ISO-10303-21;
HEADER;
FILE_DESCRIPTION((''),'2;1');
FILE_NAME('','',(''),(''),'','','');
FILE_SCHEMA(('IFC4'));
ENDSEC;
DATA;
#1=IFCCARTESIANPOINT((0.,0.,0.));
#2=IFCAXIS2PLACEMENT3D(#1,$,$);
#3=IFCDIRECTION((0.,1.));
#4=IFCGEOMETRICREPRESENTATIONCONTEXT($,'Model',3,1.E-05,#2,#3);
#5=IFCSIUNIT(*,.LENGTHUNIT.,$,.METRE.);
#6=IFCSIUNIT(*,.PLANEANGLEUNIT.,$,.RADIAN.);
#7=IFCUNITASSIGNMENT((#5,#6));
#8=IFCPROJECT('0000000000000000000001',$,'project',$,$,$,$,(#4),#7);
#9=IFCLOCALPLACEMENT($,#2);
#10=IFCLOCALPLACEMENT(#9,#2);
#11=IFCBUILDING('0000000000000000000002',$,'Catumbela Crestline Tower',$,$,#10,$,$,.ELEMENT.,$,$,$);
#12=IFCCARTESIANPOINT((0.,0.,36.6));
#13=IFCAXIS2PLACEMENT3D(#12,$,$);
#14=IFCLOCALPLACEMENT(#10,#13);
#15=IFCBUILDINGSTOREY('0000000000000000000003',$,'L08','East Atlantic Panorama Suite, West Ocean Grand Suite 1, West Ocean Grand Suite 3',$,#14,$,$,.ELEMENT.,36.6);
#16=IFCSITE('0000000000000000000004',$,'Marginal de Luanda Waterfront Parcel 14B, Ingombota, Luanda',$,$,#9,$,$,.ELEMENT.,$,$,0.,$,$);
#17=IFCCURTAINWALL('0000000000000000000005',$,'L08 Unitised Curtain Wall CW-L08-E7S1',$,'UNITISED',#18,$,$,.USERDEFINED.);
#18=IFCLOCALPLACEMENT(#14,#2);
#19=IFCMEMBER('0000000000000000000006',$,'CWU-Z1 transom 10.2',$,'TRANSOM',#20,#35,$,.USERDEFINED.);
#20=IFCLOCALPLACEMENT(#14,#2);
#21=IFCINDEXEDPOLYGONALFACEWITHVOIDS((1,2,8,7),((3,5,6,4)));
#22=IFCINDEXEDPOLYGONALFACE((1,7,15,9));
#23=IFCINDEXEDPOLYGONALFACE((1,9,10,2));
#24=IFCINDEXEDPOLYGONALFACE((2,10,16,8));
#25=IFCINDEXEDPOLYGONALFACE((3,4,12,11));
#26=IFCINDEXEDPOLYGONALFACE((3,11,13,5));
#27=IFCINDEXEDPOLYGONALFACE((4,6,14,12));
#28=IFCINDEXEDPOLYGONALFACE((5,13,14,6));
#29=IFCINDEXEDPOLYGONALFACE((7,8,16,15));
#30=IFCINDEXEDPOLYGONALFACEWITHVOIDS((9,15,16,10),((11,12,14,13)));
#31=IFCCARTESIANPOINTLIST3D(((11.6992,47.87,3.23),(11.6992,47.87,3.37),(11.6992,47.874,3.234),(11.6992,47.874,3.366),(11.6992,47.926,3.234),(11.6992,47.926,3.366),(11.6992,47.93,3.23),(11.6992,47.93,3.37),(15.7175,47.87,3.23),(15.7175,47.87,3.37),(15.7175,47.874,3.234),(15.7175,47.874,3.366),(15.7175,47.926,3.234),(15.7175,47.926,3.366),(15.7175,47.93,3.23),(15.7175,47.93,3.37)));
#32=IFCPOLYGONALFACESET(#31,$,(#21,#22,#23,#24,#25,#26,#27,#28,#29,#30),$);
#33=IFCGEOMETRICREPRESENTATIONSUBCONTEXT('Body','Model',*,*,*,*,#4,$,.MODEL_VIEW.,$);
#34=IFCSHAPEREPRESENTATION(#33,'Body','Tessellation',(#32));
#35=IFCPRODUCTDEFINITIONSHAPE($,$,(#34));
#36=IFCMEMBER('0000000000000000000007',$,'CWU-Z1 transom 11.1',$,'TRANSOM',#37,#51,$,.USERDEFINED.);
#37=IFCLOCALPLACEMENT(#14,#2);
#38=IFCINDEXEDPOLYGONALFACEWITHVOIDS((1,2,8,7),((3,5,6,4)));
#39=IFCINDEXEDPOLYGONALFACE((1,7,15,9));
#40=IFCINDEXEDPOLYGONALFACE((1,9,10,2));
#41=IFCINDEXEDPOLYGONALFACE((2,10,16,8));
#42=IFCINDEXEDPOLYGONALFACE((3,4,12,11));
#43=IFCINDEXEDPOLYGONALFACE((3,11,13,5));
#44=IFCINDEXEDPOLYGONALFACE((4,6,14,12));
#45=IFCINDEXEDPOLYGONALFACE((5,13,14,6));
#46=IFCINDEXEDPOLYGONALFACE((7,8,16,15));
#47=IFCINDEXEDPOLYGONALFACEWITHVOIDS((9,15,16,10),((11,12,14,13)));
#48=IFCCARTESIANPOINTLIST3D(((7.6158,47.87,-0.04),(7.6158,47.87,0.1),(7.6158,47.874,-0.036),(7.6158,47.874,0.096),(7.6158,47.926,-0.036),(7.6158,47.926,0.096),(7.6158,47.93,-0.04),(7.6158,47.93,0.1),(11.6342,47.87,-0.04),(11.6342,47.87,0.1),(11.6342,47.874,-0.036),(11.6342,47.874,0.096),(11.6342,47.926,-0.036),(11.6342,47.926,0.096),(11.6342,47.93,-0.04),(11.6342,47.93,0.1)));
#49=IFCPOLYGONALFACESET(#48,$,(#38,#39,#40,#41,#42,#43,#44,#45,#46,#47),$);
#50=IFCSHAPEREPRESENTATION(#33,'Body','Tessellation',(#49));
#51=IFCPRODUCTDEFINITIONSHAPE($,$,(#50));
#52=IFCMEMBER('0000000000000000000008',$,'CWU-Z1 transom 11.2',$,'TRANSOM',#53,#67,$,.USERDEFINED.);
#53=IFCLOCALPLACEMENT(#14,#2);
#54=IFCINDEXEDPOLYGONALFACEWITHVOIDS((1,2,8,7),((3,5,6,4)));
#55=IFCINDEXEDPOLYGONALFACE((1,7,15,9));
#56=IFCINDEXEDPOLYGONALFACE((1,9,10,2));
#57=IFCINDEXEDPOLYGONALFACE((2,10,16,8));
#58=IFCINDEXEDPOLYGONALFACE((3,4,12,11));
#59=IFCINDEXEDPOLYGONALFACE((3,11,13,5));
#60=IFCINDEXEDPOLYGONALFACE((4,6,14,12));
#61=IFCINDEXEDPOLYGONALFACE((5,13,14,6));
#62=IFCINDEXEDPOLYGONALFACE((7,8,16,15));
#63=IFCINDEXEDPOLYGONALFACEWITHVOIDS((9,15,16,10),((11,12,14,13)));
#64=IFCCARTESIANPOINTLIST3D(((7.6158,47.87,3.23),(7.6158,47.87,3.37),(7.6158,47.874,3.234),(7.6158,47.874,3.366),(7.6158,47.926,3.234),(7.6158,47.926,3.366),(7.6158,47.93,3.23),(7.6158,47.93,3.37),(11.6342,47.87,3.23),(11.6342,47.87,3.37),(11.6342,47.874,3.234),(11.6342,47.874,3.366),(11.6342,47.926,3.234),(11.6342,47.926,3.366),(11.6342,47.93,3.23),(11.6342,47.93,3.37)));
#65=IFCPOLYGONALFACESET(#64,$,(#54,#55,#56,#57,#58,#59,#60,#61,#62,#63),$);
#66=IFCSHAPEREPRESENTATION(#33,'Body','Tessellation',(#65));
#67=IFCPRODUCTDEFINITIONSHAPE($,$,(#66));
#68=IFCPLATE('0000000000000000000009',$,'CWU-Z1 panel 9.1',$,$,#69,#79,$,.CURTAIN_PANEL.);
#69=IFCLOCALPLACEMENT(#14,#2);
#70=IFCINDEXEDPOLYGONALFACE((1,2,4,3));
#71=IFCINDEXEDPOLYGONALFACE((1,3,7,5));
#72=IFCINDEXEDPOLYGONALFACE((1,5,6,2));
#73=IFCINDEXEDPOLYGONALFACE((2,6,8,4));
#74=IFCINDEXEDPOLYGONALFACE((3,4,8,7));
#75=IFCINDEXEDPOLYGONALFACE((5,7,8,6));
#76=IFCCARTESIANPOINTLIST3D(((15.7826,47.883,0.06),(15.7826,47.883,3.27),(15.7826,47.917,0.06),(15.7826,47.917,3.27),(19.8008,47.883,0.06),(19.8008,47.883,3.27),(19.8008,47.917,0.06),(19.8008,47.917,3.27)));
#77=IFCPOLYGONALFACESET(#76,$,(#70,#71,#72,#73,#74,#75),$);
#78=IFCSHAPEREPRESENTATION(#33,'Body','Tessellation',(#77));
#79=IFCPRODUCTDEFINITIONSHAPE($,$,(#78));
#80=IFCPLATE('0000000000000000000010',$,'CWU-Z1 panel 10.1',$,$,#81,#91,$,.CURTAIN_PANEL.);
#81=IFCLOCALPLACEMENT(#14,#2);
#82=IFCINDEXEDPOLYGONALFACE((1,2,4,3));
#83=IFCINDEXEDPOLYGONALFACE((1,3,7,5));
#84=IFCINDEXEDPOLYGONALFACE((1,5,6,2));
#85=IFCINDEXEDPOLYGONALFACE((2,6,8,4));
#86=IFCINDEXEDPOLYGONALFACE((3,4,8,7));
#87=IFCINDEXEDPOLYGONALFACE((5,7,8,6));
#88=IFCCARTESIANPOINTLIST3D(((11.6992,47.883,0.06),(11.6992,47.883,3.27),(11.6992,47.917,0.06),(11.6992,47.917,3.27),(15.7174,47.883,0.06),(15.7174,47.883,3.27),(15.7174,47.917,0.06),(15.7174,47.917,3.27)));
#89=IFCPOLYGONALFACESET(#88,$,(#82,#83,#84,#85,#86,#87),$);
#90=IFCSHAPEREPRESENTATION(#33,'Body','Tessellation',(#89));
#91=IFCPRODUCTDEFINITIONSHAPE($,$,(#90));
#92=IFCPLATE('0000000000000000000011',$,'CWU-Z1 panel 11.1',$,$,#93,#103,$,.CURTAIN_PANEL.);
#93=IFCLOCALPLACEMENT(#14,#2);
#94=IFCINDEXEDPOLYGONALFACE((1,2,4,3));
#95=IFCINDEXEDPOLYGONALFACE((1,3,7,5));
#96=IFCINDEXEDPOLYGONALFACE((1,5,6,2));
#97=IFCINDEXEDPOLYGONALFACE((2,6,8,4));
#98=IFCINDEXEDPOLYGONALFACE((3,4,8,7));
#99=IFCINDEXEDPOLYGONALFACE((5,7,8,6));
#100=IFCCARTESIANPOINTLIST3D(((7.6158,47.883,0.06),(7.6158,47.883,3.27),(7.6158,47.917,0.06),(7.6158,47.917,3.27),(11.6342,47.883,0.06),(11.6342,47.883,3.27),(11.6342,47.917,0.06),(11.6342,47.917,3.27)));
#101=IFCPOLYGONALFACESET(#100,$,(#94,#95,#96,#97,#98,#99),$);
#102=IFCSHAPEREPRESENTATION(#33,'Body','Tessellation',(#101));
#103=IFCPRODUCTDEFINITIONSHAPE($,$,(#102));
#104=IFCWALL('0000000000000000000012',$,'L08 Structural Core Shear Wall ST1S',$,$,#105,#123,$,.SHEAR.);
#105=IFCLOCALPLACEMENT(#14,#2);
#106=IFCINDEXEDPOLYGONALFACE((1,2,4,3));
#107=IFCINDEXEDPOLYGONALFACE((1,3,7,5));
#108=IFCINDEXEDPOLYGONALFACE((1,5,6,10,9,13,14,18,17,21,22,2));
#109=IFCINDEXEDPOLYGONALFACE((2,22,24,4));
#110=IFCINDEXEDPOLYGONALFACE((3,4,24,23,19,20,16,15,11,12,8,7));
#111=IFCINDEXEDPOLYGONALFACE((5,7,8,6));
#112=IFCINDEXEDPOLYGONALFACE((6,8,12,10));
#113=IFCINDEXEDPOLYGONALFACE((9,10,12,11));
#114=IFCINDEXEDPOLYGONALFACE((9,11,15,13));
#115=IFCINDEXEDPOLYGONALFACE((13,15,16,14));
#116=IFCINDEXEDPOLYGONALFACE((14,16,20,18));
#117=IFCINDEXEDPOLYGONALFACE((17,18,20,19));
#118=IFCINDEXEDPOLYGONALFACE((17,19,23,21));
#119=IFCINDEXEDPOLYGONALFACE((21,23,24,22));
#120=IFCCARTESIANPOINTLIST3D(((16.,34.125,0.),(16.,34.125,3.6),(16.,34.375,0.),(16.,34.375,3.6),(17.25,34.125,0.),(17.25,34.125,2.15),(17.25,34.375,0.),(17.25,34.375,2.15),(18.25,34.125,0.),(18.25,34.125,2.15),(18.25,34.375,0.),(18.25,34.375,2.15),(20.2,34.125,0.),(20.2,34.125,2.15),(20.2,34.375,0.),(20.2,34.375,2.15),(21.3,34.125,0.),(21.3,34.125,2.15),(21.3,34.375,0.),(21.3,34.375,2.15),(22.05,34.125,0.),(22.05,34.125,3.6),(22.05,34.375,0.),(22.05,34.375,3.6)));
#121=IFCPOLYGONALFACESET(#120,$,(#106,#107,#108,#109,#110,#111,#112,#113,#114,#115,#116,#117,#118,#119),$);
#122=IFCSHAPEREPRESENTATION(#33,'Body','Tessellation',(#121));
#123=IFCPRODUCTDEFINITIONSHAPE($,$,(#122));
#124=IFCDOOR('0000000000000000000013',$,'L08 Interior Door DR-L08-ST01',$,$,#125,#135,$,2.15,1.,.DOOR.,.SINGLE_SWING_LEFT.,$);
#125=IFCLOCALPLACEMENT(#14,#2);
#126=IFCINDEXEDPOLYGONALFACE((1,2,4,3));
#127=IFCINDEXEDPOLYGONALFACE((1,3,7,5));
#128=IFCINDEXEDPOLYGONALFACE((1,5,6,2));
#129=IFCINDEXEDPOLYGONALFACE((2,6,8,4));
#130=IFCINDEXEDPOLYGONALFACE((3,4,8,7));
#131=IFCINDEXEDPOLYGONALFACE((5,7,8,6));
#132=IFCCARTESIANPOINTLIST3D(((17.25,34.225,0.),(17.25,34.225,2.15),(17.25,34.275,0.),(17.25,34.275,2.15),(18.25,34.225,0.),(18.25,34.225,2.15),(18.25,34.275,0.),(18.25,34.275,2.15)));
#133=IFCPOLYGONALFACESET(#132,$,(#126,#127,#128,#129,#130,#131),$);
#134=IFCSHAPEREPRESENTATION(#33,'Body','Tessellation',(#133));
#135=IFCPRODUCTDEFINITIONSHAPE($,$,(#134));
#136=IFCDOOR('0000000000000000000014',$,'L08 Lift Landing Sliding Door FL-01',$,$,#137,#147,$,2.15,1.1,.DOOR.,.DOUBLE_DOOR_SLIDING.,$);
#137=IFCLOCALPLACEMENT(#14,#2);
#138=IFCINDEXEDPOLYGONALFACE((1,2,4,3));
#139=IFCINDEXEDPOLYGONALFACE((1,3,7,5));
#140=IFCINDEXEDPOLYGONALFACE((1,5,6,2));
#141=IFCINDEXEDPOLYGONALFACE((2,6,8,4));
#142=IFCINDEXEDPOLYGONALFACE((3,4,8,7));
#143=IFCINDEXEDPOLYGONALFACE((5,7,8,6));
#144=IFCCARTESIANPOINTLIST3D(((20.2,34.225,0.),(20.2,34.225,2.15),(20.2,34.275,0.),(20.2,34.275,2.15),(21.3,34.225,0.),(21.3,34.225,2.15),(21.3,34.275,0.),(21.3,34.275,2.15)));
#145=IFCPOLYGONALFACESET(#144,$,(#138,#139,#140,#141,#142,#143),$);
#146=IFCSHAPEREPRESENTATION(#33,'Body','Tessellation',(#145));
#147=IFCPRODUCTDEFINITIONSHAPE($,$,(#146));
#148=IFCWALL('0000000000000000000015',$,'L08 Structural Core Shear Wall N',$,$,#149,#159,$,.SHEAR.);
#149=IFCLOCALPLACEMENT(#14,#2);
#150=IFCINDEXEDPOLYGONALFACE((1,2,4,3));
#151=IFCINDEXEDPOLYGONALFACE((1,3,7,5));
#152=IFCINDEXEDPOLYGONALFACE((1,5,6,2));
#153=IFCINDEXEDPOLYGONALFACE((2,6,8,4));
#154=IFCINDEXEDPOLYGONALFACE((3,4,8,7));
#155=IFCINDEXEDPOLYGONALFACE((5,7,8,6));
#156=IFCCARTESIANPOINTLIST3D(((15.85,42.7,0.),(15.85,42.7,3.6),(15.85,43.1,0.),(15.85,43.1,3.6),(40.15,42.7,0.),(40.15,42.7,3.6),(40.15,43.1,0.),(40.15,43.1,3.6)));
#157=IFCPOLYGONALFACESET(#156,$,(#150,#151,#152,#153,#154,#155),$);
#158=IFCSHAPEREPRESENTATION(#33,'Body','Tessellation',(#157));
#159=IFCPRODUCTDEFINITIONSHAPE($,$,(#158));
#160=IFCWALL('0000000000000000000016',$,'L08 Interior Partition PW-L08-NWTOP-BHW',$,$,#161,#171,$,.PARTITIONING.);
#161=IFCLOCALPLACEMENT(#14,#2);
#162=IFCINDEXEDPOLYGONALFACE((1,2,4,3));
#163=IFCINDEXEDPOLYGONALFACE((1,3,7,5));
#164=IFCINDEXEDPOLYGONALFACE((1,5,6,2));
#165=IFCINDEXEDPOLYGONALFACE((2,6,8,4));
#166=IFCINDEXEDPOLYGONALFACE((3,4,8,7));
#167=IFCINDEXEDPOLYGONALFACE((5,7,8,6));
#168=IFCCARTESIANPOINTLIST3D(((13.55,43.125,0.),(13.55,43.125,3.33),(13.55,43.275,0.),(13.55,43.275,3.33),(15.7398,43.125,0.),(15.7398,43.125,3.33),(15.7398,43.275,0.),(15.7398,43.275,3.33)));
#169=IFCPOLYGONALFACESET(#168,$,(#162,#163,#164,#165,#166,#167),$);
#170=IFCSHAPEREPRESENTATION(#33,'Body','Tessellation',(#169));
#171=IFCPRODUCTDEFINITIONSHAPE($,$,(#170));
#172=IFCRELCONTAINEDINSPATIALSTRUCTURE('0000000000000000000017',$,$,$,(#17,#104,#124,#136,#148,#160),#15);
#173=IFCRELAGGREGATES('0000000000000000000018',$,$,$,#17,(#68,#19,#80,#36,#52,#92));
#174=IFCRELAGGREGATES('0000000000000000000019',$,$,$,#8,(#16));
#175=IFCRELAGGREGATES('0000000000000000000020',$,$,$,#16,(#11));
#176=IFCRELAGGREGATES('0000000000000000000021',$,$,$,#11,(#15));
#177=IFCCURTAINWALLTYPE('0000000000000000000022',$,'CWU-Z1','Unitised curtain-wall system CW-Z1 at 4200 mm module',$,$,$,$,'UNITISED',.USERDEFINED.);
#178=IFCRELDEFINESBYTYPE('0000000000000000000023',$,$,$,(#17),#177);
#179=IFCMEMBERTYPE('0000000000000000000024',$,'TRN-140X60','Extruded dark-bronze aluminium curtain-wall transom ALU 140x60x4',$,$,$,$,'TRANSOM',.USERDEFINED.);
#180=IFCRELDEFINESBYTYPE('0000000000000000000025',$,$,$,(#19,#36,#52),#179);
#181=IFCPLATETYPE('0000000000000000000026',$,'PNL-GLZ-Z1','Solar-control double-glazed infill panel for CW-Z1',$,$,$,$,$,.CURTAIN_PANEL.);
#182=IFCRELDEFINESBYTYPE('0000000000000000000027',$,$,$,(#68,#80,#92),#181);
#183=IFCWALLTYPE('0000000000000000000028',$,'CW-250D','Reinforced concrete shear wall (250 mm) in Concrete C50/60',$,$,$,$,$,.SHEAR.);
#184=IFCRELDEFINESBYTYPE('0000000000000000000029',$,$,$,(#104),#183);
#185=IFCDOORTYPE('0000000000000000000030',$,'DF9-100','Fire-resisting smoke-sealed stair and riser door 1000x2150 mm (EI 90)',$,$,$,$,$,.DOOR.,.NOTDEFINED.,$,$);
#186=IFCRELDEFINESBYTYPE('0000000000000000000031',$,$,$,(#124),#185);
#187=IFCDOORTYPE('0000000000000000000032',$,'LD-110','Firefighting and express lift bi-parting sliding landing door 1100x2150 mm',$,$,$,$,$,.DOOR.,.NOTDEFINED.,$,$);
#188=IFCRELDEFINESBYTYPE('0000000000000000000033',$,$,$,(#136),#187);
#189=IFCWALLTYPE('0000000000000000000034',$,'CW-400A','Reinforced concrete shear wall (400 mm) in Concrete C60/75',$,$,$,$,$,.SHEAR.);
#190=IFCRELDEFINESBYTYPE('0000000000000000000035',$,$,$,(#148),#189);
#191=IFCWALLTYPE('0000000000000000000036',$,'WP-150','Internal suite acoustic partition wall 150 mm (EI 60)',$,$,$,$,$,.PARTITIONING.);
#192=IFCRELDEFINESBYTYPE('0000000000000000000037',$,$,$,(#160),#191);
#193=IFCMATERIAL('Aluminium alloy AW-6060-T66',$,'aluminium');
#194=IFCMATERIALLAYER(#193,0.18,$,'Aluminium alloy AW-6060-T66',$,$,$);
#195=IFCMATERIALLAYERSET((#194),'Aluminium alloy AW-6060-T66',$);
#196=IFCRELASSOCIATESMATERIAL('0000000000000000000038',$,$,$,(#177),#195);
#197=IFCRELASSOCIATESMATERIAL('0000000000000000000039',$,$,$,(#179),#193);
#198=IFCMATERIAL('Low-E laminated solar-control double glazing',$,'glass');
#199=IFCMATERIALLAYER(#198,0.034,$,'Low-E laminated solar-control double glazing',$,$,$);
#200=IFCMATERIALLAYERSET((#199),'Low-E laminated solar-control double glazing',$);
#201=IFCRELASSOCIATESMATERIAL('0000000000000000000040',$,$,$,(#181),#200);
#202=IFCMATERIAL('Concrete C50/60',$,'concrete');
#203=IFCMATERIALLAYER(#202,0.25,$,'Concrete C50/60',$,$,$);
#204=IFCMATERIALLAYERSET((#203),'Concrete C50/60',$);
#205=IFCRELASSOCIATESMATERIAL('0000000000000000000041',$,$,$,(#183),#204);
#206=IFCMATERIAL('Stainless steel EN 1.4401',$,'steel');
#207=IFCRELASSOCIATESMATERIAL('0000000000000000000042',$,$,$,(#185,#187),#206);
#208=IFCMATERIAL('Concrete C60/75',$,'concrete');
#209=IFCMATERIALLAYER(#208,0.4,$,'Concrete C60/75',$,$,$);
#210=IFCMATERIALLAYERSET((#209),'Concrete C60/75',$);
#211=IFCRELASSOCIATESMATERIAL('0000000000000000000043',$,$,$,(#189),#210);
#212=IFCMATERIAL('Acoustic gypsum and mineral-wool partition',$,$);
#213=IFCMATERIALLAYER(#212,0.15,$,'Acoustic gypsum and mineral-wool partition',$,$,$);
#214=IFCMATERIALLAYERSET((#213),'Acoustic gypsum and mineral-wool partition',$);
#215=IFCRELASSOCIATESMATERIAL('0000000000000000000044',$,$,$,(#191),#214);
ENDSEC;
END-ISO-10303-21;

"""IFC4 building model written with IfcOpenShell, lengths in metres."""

from ifc_helpers import new_model, si_unit, direction, frame, frame_2d, origin, origin_2d, place, context, subcontext, project, spatial, rectangle, hollow_rectangle, extrude, material, layer, layer_set, material_profile, profile_set, type_object, element, fill, aggregate, save


model = new_model("IFC4")

# Units and contexts
model_context = context("Model", 3, precision=1e-05, world=origin(), true_north=direction((0.0, 1.0)))
body_context = subcontext(model_context, "Body", "Model", "MODEL_VIEW")
ifc_project = project(units=[si_unit("LENGTHUNIT", "METRE"), si_unit("PLANEANGLEUNIT", "RADIAN")], contexts=[model_context])

# Site, building, storey
site_placement = place(None, origin())
site = spatial("IfcSite", under=ifc_project, at=site_placement, Name="Marginal de Luanda Waterfront Parcel 14B, Ingombota, Luanda", CompositionType="ELEMENT", RefElevation=0.0)
building_placement = place(site_placement, origin())
building = spatial("IfcBuilding", under=site, at=building_placement, Name="Catumbela Crestline Tower", CompositionType="ELEMENT")
storey_placement = place(building_placement, frame((0.0, 0.0, 36.6)))
storey = spatial("IfcBuildingStorey", under=building, at=storey_placement, Name="L08", Description="East Atlantic Panorama Suite, West Ocean Grand Suite 1, West Ocean Grand Suite 3", CompositionType="ELEMENT", Elevation=36.6)

# Shared definitions
ifc_material_1 = material(Name="Concrete C60/75", Category="concrete")

# Curtain wall
ifc_material_2 = material(Name="Aluminium alloy AW-6060-T66", Category="aluminium")
ifc_layer_1 = layer(ifc_material_2, 0.18, Name="Aluminium alloy AW-6060-T66")
ifc_layer_set_1 = layer_set([ifc_layer_1], Name="Aluminium alloy AW-6060-T66")
curtain_wall_type = type_object("IfcCurtainWallType", Name="CWU-Z1", Description="Unitised curtain-wall system CW-Z1 at 4200 mm module", ElementType="UNITISED", PredefinedType="USERDEFINED", material=ifc_layer_set_1)
curtain_wall_placement = place(storey_placement, origin())
curtain_wall = element("IfcCurtainWall", 1, at=curtain_wall_placement, inside=storey, type_object=curtain_wall_type, Name="L08 Unitised Curtain Wall CW-L08-E7S1", ObjectType="UNITISED", PredefinedType="USERDEFINED")

# Members
ifc_material_profile_1 = material_profile(ifc_material_2, hollow_rectangle(XDim=0.06, YDim=0.14, WallThickness=0.004, at=origin_2d()), Name="ALU 140x60x4")
ifc_profile_set_1 = profile_set([ifc_material_profile_1], Name="Aluminium alloy AW-6060-T66")
member_type_1 = type_object("IfcMemberType", Name="TRN-140X60", Description="Extruded dark-bronze aluminium curtain-wall transom ALU 140x60x4", ElementType="TRANSOM", PredefinedType="USERDEFINED", material=ifc_profile_set_1)
member_1_placement = place(storey_placement, frame((15.7175, 47.9, 3.3), z_axis=(-1.0, 0.0, 0.0), x_axis=(0.0, -1.0, 0.0)))
member_1 = element("IfcMember", 2, at=member_1_placement, type_object=member_type_1, Name="CWU-Z1 transom 10.2", ObjectType="TRANSOM", PredefinedType="USERDEFINED", context=body_context, shape_type="SweptSolid", body=[
    extrude(hollow_rectangle(XDim=0.06, YDim=0.14, WallThickness=0.004, at=origin_2d()), origin(), (0.0, 0.0, 1.0), 4.0183),
])
member_2_placement = place(storey_placement, frame((11.6342, 47.9, 0.03), z_axis=(-1.0, 0.0, 0.0), x_axis=(0.0, -1.0, 0.0)))
member_2 = element("IfcMember", 3, at=member_2_placement, type_object=member_type_1, Name="CWU-Z1 transom 11.1", ObjectType="TRANSOM", PredefinedType="USERDEFINED", context=body_context, shape_type="SweptSolid", body=[
    extrude(hollow_rectangle(XDim=0.06, YDim=0.14, WallThickness=0.004, at=origin_2d()), origin(), (0.0, 0.0, 1.0), 4.0184),
])
member_3_placement = place(storey_placement, frame((11.6342, 47.9, 3.3), z_axis=(-1.0, 0.0, 0.0), x_axis=(0.0, -1.0, 0.0)))
member_3 = element("IfcMember", 4, at=member_3_placement, type_object=member_type_1, Name="CWU-Z1 transom 11.2", ObjectType="TRANSOM", PredefinedType="USERDEFINED", context=body_context, shape_type="SweptSolid", body=[
    extrude(hollow_rectangle(XDim=0.06, YDim=0.14, WallThickness=0.004, at=origin_2d()), origin(), (0.0, 0.0, 1.0), 4.0184),
])

# Plates
ifc_material_3 = material(Name="Low-E laminated solar-control double glazing", Category="glass")
ifc_layer_2 = layer(ifc_material_3, 0.034, Name="Low-E laminated solar-control double glazing")
ifc_layer_set_2 = layer_set([ifc_layer_2], Name="Low-E laminated solar-control double glazing")
plate_type = type_object("IfcPlateType", Name="PNL-GLZ-Z1", Description="Solar-control double-glazed infill panel for CW-Z1", PredefinedType="CURTAIN_PANEL", material=ifc_layer_set_2)
plate_1_placement = place(storey_placement, frame((17.7917, 47.9, 0.06), z_axis=(0.0, 0.0, 1.0), x_axis=(-1.0, 0.0, 0.0)))
plate_1 = element("IfcPlate", 5, at=plate_1_placement, type_object=plate_type, Name="CWU-Z1 panel 9.1", PredefinedType="CURTAIN_PANEL", context=body_context, shape_type="SweptSolid", body=[
    extrude(rectangle(XDim=4.0183, YDim=0.034, at=origin_2d()), origin(), (0.0, 0.0, 1.0), 3.21),
])
plate_2_placement = place(storey_placement, frame((13.7083, 47.9, 0.06), z_axis=(0.0, 0.0, 1.0), x_axis=(-1.0, 0.0, 0.0)))
plate_2 = element("IfcPlate", 6, at=plate_2_placement, type_object=plate_type, Name="CWU-Z1 panel 10.1", PredefinedType="CURTAIN_PANEL", context=body_context, shape_type="SweptSolid", body=[
    extrude(rectangle(XDim=4.0183, YDim=0.034, at=origin_2d()), origin(), (0.0, 0.0, 1.0), 3.21),
])
plate_3_placement = place(storey_placement, frame((9.625, 47.9, 0.06), z_axis=(0.0, 0.0, 1.0), x_axis=(-1.0, 0.0, 0.0)))
plate_3 = element("IfcPlate", 7, at=plate_3_placement, type_object=plate_type, Name="CWU-Z1 panel 11.1", PredefinedType="CURTAIN_PANEL", context=body_context, shape_type="SweptSolid", body=[
    extrude(rectangle(XDim=4.0183, YDim=0.034, at=origin_2d()), origin(), (0.0, 0.0, 1.0), 3.21),
])
aggregate(curtain_wall, [plate_1, member_1, plate_2, member_2, member_3, plate_3])

# Wall, openings, doors
ifc_material_4 = material(Name="Concrete C50/60", Category="concrete")
ifc_layer_3 = layer(ifc_material_4, 0.25, Name="Concrete C50/60")
ifc_layer_set_3 = layer_set([ifc_layer_3], Name="Concrete C50/60")
wall_type_1 = type_object("IfcWallType", Name="CW-250D", Description="Reinforced concrete shear wall (250 mm) in Concrete C50/60", PredefinedType="SHEAR", material=ifc_layer_set_3)
wall_1_placement = place(storey_placement, frame((16.0, 34.25, 0.0), z_axis=(0.0, 0.0, 1.0), x_axis=(1.0, 0.0, 0.0)))
wall_1 = element("IfcWall", 8, at=wall_1_placement, inside=storey, type_object=wall_type_1, Name="L08 Structural Core Shear Wall ST1S", PredefinedType="SHEAR", context=body_context, shape_type="SweptSolid", body=[
    extrude(rectangle(XDim=6.05, YDim=0.25, at=frame_2d((3.025, 0.0))), origin(), (0.0, 0.0, 1.0), 3.6),
])
opening_1_placement = place(wall_1_placement, frame((1.25, 0.0, 0.0)))
opening_1 = element("IfcOpeningElement", 9, at=opening_1_placement, cuts=wall_1, PredefinedType="OPENING", context=body_context, shape_type="SweptSolid", body=[
    extrude(rectangle(XDim=1.0, YDim=2.15, at=frame_2d((0.5, 1.075))), frame((0.0, 0.135, 0.0), z_axis=(0.0, -1.0, 0.0), x_axis=(1.0, 0.0, 0.0)), (0.0, 0.0, 1.0), 0.27),
])
opening_2_placement = place(wall_1_placement, frame((4.2, 0.0, 0.0)))
opening_2 = element("IfcOpeningElement", 10, at=opening_2_placement, cuts=wall_1, PredefinedType="OPENING", context=body_context, shape_type="SweptSolid", body=[
    extrude(rectangle(XDim=1.1, YDim=2.15, at=frame_2d((0.55, 1.075))), frame((0.0, 0.135, 0.0), z_axis=(0.0, -1.0, 0.0), x_axis=(1.0, 0.0, 0.0)), (0.0, 0.0, 1.0), 0.27),
])
ifc_material_5 = material(Name="Stainless steel EN 1.4401", Category="steel")
door_type_1 = type_object("IfcDoorType", Name="DF9-100", Description="Fire-resisting smoke-sealed stair and riser door 1000x2150 mm (EI 90)", OperationType="NOTDEFINED", PredefinedType="DOOR", material=ifc_material_5)
door_1_placement = place(opening_1_placement, origin())
door_1 = element("IfcDoor", 11, at=door_1_placement, inside=storey, type_object=door_type_1, Name="L08 Interior Door DR-L08-ST01", OperationType="SINGLE_SWING_LEFT", OverallHeight=2.15, OverallWidth=1.0, PredefinedType="DOOR", context=body_context, shape_type="SweptSolid", body=[
    extrude(rectangle(XDim=1.0, YDim=2.15, at=frame_2d((0.5, 1.075))), frame((0.0, 0.025, 0.0), z_axis=(0.0, -1.0, 0.0), x_axis=(1.0, 0.0, 0.0)), (0.0, 0.0, 1.0), 0.05),
])
fill(opening_1, door_1)
door_type_2 = type_object("IfcDoorType", Name="LD-110", Description="Firefighting and express lift bi-parting sliding landing door 1100x2150 mm", OperationType="NOTDEFINED", PredefinedType="DOOR", material=ifc_material_5)
door_2_placement = place(opening_2_placement, origin())
door_2 = element("IfcDoor", 12, at=door_2_placement, inside=storey, type_object=door_type_2, Name="L08 Lift Landing Sliding Door FL-01", OperationType="DOUBLE_DOOR_SLIDING", OverallHeight=2.15, OverallWidth=1.1, PredefinedType="DOOR", context=body_context, shape_type="SweptSolid", body=[
    extrude(rectangle(XDim=1.1, YDim=2.15, at=frame_2d((0.55, 1.075))), frame((0.0, 0.025, 0.0), z_axis=(0.0, -1.0, 0.0), x_axis=(1.0, 0.0, 0.0)), (0.0, 0.0, 1.0), 0.05),
])
fill(opening_2, door_2)

# Walls
ifc_layer_4 = layer(ifc_material_1, 0.4, Name="Concrete C60/75")
ifc_layer_set_4 = layer_set([ifc_layer_4], Name="Concrete C60/75")
wall_type_2 = type_object("IfcWallType", Name="CW-400A", Description="Reinforced concrete shear wall (400 mm) in Concrete C60/75", PredefinedType="SHEAR", material=ifc_layer_set_4)
wall_2_placement = place(storey_placement, frame((15.85, 42.9, 0.0), z_axis=(0.0, 0.0, 1.0), x_axis=(1.0, 0.0, 0.0)))
element("IfcWall", 13, at=wall_2_placement, inside=storey, type_object=wall_type_2, Name="L08 Structural Core Shear Wall N", PredefinedType="SHEAR", context=body_context, shape_type="SweptSolid", body=[
    extrude(rectangle(XDim=24.3, YDim=0.4, at=frame_2d((12.15, 0.0))), origin(), (0.0, 0.0, 1.0), 3.6),
])
ifc_material_6 = material(Name="Acoustic gypsum and mineral-wool partition")
ifc_layer_5 = layer(ifc_material_6, 0.15, Name="Acoustic gypsum and mineral-wool partition")
ifc_layer_set_5 = layer_set([ifc_layer_5], Name="Acoustic gypsum and mineral-wool partition")
wall_type_3 = type_object("IfcWallType", Name="WP-150", Description="Internal suite acoustic partition wall 150 mm (EI 60)", PredefinedType="PARTITIONING", material=ifc_layer_set_5)
wall_3_placement = place(storey_placement, frame((13.55, 43.2, 0.0), z_axis=(0.0, 0.0, 1.0), x_axis=(1.0, 0.0, 0.0)))
element("IfcWall", 14, at=wall_3_placement, inside=storey, type_object=wall_type_3, Name="L08 Interior Partition PW-L08-NWTOP-BHW", PredefinedType="PARTITIONING", context=body_context, shape_type="SweptSolid", body=[
    extrude(rectangle(XDim=2.1897, YDim=0.15, at=frame_2d((1.0949, 0.0))), origin(), (0.0, 0.0, 1.0), 3.33),
])

save(model, "model.ifc")
